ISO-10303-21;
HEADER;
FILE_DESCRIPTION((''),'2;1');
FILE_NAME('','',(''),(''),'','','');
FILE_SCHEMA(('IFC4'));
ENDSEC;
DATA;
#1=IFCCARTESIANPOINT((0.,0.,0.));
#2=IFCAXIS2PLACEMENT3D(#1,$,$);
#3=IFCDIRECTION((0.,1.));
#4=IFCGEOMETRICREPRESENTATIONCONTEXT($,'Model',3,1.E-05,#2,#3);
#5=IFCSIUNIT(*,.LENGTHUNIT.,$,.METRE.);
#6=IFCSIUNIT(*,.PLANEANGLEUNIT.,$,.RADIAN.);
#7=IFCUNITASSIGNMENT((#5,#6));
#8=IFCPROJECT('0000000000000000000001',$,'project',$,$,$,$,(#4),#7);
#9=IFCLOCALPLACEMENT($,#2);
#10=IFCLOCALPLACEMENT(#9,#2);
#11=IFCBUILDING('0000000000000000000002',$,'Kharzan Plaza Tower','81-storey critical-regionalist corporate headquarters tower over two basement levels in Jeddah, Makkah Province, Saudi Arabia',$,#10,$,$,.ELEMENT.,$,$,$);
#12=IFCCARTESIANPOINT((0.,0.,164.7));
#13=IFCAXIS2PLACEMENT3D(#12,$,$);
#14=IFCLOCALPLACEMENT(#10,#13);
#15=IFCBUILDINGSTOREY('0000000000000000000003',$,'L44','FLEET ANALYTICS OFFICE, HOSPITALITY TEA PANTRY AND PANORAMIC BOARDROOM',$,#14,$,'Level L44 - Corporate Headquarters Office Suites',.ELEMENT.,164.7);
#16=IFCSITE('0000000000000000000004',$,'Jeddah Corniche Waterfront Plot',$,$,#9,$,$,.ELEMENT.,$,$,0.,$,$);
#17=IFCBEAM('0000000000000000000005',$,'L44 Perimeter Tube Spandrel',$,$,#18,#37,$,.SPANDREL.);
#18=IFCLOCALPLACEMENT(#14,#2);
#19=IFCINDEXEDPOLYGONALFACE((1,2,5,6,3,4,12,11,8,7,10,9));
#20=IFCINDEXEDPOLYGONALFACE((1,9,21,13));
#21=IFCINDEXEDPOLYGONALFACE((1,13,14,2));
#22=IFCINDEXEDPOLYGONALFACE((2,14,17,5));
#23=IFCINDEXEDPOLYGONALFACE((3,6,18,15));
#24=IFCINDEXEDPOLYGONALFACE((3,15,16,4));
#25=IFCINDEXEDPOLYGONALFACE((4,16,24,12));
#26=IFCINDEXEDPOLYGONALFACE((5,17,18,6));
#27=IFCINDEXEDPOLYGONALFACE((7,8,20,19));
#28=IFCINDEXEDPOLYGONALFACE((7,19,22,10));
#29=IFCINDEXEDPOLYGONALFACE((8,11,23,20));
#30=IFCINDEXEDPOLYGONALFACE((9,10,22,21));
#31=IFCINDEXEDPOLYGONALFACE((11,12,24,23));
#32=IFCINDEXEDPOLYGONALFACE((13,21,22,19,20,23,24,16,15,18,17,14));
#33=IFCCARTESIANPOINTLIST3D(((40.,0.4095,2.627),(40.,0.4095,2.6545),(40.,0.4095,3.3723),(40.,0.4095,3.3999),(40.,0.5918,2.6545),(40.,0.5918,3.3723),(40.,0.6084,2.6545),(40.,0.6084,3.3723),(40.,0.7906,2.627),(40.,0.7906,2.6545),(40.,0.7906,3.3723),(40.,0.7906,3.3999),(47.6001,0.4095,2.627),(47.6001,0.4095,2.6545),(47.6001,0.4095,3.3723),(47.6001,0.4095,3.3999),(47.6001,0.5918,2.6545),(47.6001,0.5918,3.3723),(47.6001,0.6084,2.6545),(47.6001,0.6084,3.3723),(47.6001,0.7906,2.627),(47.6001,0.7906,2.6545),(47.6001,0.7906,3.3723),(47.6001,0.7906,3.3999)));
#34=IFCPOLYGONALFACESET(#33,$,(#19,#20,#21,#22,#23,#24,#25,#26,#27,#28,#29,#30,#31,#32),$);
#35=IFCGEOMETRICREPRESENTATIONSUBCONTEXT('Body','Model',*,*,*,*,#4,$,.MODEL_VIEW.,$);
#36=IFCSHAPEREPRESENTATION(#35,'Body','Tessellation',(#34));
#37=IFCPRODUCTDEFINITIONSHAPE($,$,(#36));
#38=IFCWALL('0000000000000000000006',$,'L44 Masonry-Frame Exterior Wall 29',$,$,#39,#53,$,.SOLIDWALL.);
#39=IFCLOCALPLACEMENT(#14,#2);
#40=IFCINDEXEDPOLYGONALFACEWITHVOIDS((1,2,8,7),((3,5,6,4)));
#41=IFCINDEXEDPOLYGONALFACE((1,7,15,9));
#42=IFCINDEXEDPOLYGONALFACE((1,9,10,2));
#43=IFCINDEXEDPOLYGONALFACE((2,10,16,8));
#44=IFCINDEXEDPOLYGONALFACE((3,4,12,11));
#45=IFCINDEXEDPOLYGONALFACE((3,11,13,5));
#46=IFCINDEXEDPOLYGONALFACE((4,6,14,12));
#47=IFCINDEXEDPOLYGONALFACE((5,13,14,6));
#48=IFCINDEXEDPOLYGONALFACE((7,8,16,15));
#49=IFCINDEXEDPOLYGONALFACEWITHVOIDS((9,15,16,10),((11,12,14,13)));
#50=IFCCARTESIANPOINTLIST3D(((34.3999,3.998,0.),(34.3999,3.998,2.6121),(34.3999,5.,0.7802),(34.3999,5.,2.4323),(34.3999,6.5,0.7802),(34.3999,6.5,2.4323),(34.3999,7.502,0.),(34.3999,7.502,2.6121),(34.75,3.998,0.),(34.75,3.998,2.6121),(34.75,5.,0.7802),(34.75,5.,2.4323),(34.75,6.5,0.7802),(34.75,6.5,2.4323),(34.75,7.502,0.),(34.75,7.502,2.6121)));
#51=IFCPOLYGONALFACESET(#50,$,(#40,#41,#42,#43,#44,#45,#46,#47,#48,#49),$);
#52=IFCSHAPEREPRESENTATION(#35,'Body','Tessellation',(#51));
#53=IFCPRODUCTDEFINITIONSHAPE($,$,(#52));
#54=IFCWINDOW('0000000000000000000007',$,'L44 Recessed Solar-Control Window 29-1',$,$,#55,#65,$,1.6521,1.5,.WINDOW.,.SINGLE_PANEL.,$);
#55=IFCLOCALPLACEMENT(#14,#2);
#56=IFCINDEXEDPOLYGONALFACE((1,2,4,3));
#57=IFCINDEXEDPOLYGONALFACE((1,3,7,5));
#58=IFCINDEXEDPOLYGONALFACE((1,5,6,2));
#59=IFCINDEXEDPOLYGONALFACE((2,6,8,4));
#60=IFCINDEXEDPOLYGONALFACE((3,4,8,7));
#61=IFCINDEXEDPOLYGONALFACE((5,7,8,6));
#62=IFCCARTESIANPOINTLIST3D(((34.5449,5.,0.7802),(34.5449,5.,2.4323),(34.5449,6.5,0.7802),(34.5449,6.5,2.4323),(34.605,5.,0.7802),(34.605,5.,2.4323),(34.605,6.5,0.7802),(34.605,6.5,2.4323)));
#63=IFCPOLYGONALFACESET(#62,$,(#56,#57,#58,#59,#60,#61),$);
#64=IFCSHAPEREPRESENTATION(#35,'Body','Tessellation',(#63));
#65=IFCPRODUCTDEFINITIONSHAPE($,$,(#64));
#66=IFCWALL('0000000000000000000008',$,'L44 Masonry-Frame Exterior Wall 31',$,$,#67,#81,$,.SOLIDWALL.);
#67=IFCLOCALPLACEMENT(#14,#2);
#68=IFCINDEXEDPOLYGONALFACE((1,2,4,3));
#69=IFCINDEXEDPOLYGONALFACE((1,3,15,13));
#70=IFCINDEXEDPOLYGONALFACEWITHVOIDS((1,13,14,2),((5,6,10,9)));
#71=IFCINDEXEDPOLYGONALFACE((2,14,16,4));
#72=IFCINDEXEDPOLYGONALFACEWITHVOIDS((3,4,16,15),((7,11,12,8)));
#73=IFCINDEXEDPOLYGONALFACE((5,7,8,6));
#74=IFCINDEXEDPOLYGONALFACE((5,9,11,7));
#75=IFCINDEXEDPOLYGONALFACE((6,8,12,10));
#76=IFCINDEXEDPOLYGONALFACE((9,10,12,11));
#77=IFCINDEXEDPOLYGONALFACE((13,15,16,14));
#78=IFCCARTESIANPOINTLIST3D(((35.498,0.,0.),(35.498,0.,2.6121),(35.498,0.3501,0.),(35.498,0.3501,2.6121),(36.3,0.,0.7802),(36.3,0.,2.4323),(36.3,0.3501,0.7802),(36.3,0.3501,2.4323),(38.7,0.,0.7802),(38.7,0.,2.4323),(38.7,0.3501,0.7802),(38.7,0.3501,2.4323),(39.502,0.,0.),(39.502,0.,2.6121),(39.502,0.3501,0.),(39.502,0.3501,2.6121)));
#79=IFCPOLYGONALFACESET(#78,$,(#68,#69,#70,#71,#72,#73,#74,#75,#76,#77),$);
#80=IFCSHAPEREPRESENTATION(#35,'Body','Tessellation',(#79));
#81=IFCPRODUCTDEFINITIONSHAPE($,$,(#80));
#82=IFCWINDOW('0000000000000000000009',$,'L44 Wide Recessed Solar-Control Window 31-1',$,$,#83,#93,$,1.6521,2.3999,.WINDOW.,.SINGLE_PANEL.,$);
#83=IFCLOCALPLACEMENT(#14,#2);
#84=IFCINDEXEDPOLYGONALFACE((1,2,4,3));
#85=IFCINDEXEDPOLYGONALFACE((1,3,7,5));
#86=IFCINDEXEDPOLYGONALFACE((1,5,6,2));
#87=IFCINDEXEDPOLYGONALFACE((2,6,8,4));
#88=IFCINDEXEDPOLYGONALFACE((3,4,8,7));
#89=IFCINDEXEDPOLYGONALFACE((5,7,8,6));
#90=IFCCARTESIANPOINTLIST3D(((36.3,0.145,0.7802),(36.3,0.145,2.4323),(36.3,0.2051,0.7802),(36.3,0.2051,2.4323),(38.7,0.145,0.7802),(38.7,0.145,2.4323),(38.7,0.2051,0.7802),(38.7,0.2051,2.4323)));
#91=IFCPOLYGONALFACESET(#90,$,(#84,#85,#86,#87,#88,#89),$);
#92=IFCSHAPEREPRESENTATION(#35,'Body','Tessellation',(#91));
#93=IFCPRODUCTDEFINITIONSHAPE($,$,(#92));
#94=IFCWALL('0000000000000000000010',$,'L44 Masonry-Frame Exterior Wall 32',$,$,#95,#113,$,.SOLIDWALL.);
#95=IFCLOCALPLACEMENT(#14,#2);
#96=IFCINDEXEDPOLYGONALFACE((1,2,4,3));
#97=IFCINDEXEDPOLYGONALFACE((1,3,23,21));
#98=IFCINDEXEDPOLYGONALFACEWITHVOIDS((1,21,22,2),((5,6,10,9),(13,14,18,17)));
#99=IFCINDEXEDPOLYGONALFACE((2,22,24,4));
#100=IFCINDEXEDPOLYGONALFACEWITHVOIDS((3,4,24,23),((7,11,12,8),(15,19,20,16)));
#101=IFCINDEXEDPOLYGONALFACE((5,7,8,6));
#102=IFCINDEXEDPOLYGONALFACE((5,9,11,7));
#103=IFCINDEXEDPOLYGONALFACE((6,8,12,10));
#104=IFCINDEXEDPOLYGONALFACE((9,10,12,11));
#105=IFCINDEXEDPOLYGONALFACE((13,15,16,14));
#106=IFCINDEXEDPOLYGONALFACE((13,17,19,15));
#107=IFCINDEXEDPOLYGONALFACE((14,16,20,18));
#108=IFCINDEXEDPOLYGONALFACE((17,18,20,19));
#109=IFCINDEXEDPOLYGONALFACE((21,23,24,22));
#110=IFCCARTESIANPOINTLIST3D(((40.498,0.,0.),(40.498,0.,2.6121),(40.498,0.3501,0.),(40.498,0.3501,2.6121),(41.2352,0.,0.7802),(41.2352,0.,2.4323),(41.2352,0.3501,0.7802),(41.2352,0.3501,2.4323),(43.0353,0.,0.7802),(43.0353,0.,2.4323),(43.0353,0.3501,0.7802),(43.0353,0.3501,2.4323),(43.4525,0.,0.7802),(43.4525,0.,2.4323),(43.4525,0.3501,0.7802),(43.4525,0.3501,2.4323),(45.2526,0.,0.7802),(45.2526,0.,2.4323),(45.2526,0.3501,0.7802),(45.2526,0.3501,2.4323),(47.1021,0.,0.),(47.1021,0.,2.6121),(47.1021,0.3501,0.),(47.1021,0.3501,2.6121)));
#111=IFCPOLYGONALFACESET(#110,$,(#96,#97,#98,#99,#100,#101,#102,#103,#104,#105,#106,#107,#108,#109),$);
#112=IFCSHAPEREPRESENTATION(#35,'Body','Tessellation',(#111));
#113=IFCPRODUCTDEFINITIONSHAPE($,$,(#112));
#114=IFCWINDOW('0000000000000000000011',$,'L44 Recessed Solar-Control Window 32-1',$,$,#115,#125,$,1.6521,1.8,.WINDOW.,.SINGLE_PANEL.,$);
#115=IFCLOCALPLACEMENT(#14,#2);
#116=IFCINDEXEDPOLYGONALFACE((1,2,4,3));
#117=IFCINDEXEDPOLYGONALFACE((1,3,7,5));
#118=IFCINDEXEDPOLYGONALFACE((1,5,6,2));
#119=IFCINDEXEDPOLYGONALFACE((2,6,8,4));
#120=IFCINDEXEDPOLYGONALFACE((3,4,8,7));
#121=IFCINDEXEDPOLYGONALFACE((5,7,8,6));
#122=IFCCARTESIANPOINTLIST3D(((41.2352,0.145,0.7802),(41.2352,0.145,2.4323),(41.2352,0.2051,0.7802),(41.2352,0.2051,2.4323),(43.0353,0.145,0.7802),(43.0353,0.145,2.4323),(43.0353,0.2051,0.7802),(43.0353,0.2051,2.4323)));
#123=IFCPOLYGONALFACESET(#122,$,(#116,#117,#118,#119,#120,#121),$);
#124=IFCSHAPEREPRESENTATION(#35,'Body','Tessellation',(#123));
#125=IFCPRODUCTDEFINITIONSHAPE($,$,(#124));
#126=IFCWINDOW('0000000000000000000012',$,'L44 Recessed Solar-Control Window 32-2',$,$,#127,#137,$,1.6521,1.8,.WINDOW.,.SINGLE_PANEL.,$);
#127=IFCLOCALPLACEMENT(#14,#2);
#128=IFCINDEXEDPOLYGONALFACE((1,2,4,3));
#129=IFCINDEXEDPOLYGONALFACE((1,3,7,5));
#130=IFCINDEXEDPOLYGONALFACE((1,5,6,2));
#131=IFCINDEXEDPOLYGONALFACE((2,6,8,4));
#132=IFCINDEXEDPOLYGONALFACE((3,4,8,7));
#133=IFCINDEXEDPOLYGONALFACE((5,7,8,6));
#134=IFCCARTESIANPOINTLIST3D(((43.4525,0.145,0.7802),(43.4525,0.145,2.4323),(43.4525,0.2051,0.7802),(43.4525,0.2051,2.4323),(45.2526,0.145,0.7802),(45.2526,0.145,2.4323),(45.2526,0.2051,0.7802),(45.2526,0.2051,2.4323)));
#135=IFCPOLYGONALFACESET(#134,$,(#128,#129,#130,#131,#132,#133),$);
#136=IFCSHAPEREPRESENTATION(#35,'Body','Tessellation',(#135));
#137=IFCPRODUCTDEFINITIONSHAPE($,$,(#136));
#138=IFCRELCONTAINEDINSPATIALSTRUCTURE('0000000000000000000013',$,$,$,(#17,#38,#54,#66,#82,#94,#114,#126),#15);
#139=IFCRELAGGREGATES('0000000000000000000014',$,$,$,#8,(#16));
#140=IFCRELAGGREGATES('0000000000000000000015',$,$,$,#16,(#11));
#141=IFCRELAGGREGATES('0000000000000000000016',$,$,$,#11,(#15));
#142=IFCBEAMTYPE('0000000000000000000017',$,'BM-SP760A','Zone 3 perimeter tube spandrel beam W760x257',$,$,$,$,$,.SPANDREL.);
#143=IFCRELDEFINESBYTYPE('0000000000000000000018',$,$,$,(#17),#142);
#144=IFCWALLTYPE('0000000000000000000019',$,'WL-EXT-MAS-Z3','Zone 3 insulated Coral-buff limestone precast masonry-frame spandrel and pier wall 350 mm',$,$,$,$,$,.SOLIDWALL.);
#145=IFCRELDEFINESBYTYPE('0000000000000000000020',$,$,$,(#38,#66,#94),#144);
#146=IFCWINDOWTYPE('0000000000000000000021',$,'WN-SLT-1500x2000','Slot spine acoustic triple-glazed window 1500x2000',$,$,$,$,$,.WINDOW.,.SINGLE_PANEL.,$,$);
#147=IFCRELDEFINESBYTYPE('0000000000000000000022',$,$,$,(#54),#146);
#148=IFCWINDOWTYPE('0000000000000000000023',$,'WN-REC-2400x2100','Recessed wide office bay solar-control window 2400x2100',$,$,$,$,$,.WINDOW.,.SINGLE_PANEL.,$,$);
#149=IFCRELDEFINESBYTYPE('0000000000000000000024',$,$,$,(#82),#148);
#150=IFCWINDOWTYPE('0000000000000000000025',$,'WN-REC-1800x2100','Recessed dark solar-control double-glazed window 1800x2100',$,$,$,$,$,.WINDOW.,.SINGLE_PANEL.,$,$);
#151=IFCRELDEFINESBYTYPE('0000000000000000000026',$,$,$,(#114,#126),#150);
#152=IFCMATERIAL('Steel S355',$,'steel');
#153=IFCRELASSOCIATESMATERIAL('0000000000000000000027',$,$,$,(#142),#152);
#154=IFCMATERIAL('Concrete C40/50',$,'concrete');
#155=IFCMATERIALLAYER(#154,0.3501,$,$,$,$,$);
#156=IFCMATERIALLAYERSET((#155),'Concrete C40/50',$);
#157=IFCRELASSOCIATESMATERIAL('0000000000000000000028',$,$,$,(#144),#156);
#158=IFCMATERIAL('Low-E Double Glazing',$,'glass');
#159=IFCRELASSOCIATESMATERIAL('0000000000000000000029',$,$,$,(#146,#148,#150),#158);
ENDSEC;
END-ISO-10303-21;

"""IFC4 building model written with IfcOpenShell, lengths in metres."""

from ifc_helpers import new_model, si_unit, direction, frame, frame_2d, origin, origin_2d, place, context, subcontext, project, spatial, rectangle, i_section, extrude, source, transform, mapped, material, layer, layer_set, material_profile, profile_set, type_object, element, fill, save


model = new_model("IFC4")

# Units and contexts
model_context = context("Model", 3, precision=1e-05, world=origin(), true_north=direction((0.0, 1.0)))
body_context = subcontext(model_context, "Body", "Model", "MODEL_VIEW")
ifc_project = project(units=[si_unit("LENGTHUNIT", "METRE"), si_unit("PLANEANGLEUNIT", "RADIAN")], contexts=[model_context])

# Site, building, storey
site_placement = place(None, origin())
site = spatial("IfcSite", under=ifc_project, at=site_placement, Name="Jeddah Corniche Waterfront Plot", CompositionType="ELEMENT", RefElevation=0.0)
building_placement = place(site_placement, origin())
building = spatial("IfcBuilding", under=site, at=building_placement, Name="Kharzan Plaza Tower", Description="81-storey critical-regionalist corporate headquarters tower over two basement levels in Jeddah, Makkah Province, Saudi Arabia", CompositionType="ELEMENT")
storey_placement = place(building_placement, frame((0.0, 0.0, 164.7)))
storey = spatial("IfcBuildingStorey", under=building, at=storey_placement, Name="L44", Description="FLEET ANALYTICS OFFICE, HOSPITALITY TEA PANTRY AND PANORAMIC BOARDROOM", LongName="Level L44 - Corporate Headquarters Office Suites", CompositionType="ELEMENT", Elevation=164.7)

# Beam
ifc_material_1 = material(Name="Steel S355", Category="steel")
ifc_material_profile_1 = material_profile(ifc_material_1, i_section(OverallWidth=0.3811, OverallDepth=0.7729, WebThickness=0.0166, FlangeThickness=0.0276, at=origin_2d()), Name="W760x257")
ifc_profile_set_1 = profile_set([ifc_material_profile_1], Name="Steel S355")
beam_type_1 = type_object("IfcBeamType", Name="BM-SP760A", Description="Zone 3 perimeter tube spandrel beam W760x257", PredefinedType="SPANDREL", material=ifc_profile_set_1)
shared_shape_1 = source(origin(), body_context, "Body", "SweptSolid", [
    extrude(i_section(OverallWidth=0.3811, OverallDepth=0.7729, WebThickness=0.0166, FlangeThickness=0.0276, at=origin_2d()), origin(), (0.0, 0.0, 1.0), 7.6001),
])
beam_1_placement = place(storey_placement, frame((40.0, 0.6001, 3.0134), z_axis=(1.0, 0.0, 0.0), x_axis=(0.0, 1.0, 0.0)))
element("IfcBeam", 1, at=beam_1_placement, inside=storey, type_object=beam_type_1, Name="L44 Perimeter Tube Spandrel", PredefinedType="SPANDREL", context=body_context, shape_type="MappedRepresentation", body=[
    mapped(shared_shape_1, transform((0.0, 0.0, 0.0), x_axis=(1.0, 0.0, 0.0), y_axis=(0.0, 1.0, 0.0), z_axis=(0.0, 0.0, 1.0))),
])

# Walls, openings, windows
ifc_material_2 = material(Name="Concrete C40/50", Category="concrete")
ifc_layer_1 = layer(ifc_material_2, 0.3501)
ifc_layer_set_1 = layer_set([ifc_layer_1], Name="Concrete C40/50")
wall_type_1 = type_object("IfcWallType", Name="WL-EXT-MAS-Z3", Description="Zone 3 insulated Coral-buff limestone precast masonry-frame spandrel and pier wall 350 mm", PredefinedType="SOLIDWALL", material=ifc_layer_set_1)
wall_1_placement = place(storey_placement, frame((34.575, 7.502, 0.0), z_axis=(0.0, 0.0, 1.0), x_axis=(0.0, -1.0, 0.0)))
wall_1 = element("IfcWall", 2, at=wall_1_placement, inside=storey, type_object=wall_type_1, Name="L44 Masonry-Frame Exterior Wall 29", PredefinedType="SOLIDWALL", context=body_context, shape_type="SweptSolid", body=[
    extrude(rectangle(XDim=3.5039, YDim=0.3501, at=frame_2d((1.752, 0.0))), origin(), (0.0, 0.0, 1.0), 2.6121),
])
opening_1_placement = place(wall_1_placement, frame((1.002, 0.0, 0.78)))
opening_1 = element("IfcOpeningElement", 3, at=opening_1_placement, cuts=wall_1, PredefinedType="OPENING", context=body_context, shape_type="SweptSolid", body=[
    extrude(rectangle(XDim=1.5, YDim=1.6521, at=frame_2d((0.75, 0.8262))), frame((0.0, 0.1851, 0.0), z_axis=(0.0, -1.0, 0.0), x_axis=(1.0, 0.0, 0.0)), (0.0, 0.0, 1.0), 0.3701),
])
ifc_material_3 = material(Name="Low-E Double Glazing", Category="glass")
window_type_1 = type_object("IfcWindowType", Name="WN-SLT-1500x2000", Description="Slot spine acoustic triple-glazed window 1500x2000", PartitioningType="SINGLE_PANEL", PredefinedType="WINDOW", material=ifc_material_3)
shared_shape_2 = source(origin(), body_context, "Body", "SweptSolid", [
    extrude(rectangle(XDim=1.5, YDim=1.6521, at=frame_2d((0.75, 0.8262))), frame((0.0, 0.03, 0.0), z_axis=(0.0, -1.0, 0.0), x_axis=(1.0, 0.0, 0.0)), (0.0, 0.0, 1.0), 0.0601),
])
window_1_placement = place(opening_1_placement, origin())
window_1 = element("IfcWindow", 4, at=window_1_placement, inside=storey, type_object=window_type_1, Name="L44 Recessed Solar-Control Window 29-1", OverallHeight=1.6521, OverallWidth=1.5, PartitioningType="SINGLE_PANEL", PredefinedType="WINDOW", context=body_context, shape_type="MappedRepresentation", body=[
    mapped(shared_shape_2, transform((0.0, 0.0, 0.0), x_axis=(1.0, 0.0, 0.0), y_axis=(0.0, 1.0, 0.0), z_axis=(0.0, 0.0, 1.0))),
])
fill(opening_1, window_1)
wall_2_placement = place(storey_placement, frame((35.498, 0.175, 0.0), z_axis=(0.0, 0.0, 1.0), x_axis=(1.0, 0.0, 0.0)))
wall_2 = element("IfcWall", 5, at=wall_2_placement, inside=storey, type_object=wall_type_1, Name="L44 Masonry-Frame Exterior Wall 31", PredefinedType="SOLIDWALL", context=body_context, shape_type="SweptSolid", body=[
    extrude(rectangle(XDim=4.0039, YDim=0.3501, at=frame_2d((2.002, 0.0))), origin(), (0.0, 0.0, 1.0), 2.6121),
])
opening_2_placement = place(wall_2_placement, frame((0.802, 0.0, 0.78)))
opening_2 = element("IfcOpeningElement", 6, at=opening_2_placement, cuts=wall_2, PredefinedType="OPENING", context=body_context, shape_type="SweptSolid", body=[
    extrude(rectangle(XDim=2.3999, YDim=1.6521, at=frame_2d((1.2, 0.8262))), frame((0.0, 0.1851, 0.0), z_axis=(0.0, -1.0, 0.0), x_axis=(1.0, 0.0, 0.0)), (0.0, 0.0, 1.0), 0.3701),
])
window_type_2 = type_object("IfcWindowType", Name="WN-REC-2400x2100", Description="Recessed wide office bay solar-control window 2400x2100", PartitioningType="SINGLE_PANEL", PredefinedType="WINDOW", material=ifc_material_3)
shared_shape_3 = source(origin(), body_context, "Body", "SweptSolid", [
    extrude(rectangle(XDim=2.3999, YDim=1.6521, at=frame_2d((1.2, 0.8262))), frame((0.0, 0.03, 0.0), z_axis=(0.0, -1.0, 0.0), x_axis=(1.0, 0.0, 0.0)), (0.0, 0.0, 1.0), 0.0601),
])
window_2_placement = place(opening_2_placement, origin())
window_2 = element("IfcWindow", 7, at=window_2_placement, inside=storey, type_object=window_type_2, Name="L44 Wide Recessed Solar-Control Window 31-1", OverallHeight=1.6521, OverallWidth=2.3999, PartitioningType="SINGLE_PANEL", PredefinedType="WINDOW", context=body_context, shape_type="MappedRepresentation", body=[
    mapped(shared_shape_3, transform((0.0, 0.0, 0.0), x_axis=(1.0, 0.0, 0.0), y_axis=(0.0, 1.0, 0.0), z_axis=(0.0, 0.0, 1.0))),
])
fill(opening_2, window_2)

# Wall, openings, windows
wall_3_placement = place(storey_placement, frame((40.498, 0.175, 0.0), z_axis=(0.0, 0.0, 1.0), x_axis=(1.0, 0.0, 0.0)))
wall_3 = element("IfcWall", 8, at=wall_3_placement, inside=storey, type_object=wall_type_1, Name="L44 Masonry-Frame Exterior Wall 32", PredefinedType="SOLIDWALL", context=body_context, shape_type="SweptSolid", body=[
    extrude(rectangle(XDim=6.604, YDim=0.3501, at=frame_2d((3.302, 0.0))), origin(), (0.0, 0.0, 1.0), 2.6121),
])
opening_3_placement = place(wall_3_placement, frame((0.7373, 0.0, 0.78)))
opening_3 = element("IfcOpeningElement", 9, at=opening_3_placement, cuts=wall_3, PredefinedType="OPENING", context=body_context, shape_type="SweptSolid", body=[
    extrude(rectangle(XDim=1.8, YDim=1.6521, at=frame_2d((0.8999, 0.8262))), frame((0.0, 0.1851, 0.0), z_axis=(0.0, -1.0, 0.0), x_axis=(1.0, 0.0, 0.0)), (0.0, 0.0, 1.0), 0.3701),
])
opening_4_placement = place(wall_3_placement, frame((2.9546, 0.0, 0.78)))
opening_4 = element("IfcOpeningElement", 10, at=opening_4_placement, cuts=wall_3, PredefinedType="OPENING", context=body_context, shape_type="SweptSolid", body=[
    extrude(rectangle(XDim=1.8, YDim=1.6521, at=frame_2d((0.8999, 0.8262))), frame((0.0, 0.1851, 0.0), z_axis=(0.0, -1.0, 0.0), x_axis=(1.0, 0.0, 0.0)), (0.0, 0.0, 1.0), 0.3701),
])
window_type_3 = type_object("IfcWindowType", Name="WN-REC-1800x2100", Description="Recessed dark solar-control double-glazed window 1800x2100", PartitioningType="SINGLE_PANEL", PredefinedType="WINDOW", material=ifc_material_3)
shared_shape_4 = source(origin(), body_context, "Body", "SweptSolid", [
    extrude(rectangle(XDim=1.8, YDim=1.6521, at=frame_2d((0.8999, 0.8262))), frame((0.0, 0.03, 0.0), z_axis=(0.0, -1.0, 0.0), x_axis=(1.0, 0.0, 0.0)), (0.0, 0.0, 1.0), 0.0601),
])
window_3_placement = place(opening_3_placement, origin())
window_3 = element("IfcWindow", 11, at=window_3_placement, inside=storey, type_object=window_type_3, Name="L44 Recessed Solar-Control Window 32-1", OverallHeight=1.6521, OverallWidth=1.8, PartitioningType="SINGLE_PANEL", PredefinedType="WINDOW", context=body_context, shape_type="MappedRepresentation", body=[
    mapped(shared_shape_4, transform((0.0, 0.0, 0.0), x_axis=(1.0, 0.0, 0.0), y_axis=(0.0, 1.0, 0.0), z_axis=(0.0, 0.0, 1.0))),
])
fill(opening_3, window_3)
window_4_placement = place(opening_4_placement, origin())
window_4 = element("IfcWindow", 12, at=window_4_placement, inside=storey, type_object=window_type_3, Name="L44 Recessed Solar-Control Window 32-2", OverallHeight=1.6521, OverallWidth=1.8, PartitioningType="SINGLE_PANEL", PredefinedType="WINDOW", context=body_context, shape_type="MappedRepresentation", body=[
    mapped(shared_shape_4, transform((0.0, 0.0, 0.0), x_axis=(1.0, 0.0, 0.0), y_axis=(0.0, 1.0, 0.0), z_axis=(0.0, 0.0, 1.0))),
])
fill(opening_4, window_4)

save(model, "model.ifc")
